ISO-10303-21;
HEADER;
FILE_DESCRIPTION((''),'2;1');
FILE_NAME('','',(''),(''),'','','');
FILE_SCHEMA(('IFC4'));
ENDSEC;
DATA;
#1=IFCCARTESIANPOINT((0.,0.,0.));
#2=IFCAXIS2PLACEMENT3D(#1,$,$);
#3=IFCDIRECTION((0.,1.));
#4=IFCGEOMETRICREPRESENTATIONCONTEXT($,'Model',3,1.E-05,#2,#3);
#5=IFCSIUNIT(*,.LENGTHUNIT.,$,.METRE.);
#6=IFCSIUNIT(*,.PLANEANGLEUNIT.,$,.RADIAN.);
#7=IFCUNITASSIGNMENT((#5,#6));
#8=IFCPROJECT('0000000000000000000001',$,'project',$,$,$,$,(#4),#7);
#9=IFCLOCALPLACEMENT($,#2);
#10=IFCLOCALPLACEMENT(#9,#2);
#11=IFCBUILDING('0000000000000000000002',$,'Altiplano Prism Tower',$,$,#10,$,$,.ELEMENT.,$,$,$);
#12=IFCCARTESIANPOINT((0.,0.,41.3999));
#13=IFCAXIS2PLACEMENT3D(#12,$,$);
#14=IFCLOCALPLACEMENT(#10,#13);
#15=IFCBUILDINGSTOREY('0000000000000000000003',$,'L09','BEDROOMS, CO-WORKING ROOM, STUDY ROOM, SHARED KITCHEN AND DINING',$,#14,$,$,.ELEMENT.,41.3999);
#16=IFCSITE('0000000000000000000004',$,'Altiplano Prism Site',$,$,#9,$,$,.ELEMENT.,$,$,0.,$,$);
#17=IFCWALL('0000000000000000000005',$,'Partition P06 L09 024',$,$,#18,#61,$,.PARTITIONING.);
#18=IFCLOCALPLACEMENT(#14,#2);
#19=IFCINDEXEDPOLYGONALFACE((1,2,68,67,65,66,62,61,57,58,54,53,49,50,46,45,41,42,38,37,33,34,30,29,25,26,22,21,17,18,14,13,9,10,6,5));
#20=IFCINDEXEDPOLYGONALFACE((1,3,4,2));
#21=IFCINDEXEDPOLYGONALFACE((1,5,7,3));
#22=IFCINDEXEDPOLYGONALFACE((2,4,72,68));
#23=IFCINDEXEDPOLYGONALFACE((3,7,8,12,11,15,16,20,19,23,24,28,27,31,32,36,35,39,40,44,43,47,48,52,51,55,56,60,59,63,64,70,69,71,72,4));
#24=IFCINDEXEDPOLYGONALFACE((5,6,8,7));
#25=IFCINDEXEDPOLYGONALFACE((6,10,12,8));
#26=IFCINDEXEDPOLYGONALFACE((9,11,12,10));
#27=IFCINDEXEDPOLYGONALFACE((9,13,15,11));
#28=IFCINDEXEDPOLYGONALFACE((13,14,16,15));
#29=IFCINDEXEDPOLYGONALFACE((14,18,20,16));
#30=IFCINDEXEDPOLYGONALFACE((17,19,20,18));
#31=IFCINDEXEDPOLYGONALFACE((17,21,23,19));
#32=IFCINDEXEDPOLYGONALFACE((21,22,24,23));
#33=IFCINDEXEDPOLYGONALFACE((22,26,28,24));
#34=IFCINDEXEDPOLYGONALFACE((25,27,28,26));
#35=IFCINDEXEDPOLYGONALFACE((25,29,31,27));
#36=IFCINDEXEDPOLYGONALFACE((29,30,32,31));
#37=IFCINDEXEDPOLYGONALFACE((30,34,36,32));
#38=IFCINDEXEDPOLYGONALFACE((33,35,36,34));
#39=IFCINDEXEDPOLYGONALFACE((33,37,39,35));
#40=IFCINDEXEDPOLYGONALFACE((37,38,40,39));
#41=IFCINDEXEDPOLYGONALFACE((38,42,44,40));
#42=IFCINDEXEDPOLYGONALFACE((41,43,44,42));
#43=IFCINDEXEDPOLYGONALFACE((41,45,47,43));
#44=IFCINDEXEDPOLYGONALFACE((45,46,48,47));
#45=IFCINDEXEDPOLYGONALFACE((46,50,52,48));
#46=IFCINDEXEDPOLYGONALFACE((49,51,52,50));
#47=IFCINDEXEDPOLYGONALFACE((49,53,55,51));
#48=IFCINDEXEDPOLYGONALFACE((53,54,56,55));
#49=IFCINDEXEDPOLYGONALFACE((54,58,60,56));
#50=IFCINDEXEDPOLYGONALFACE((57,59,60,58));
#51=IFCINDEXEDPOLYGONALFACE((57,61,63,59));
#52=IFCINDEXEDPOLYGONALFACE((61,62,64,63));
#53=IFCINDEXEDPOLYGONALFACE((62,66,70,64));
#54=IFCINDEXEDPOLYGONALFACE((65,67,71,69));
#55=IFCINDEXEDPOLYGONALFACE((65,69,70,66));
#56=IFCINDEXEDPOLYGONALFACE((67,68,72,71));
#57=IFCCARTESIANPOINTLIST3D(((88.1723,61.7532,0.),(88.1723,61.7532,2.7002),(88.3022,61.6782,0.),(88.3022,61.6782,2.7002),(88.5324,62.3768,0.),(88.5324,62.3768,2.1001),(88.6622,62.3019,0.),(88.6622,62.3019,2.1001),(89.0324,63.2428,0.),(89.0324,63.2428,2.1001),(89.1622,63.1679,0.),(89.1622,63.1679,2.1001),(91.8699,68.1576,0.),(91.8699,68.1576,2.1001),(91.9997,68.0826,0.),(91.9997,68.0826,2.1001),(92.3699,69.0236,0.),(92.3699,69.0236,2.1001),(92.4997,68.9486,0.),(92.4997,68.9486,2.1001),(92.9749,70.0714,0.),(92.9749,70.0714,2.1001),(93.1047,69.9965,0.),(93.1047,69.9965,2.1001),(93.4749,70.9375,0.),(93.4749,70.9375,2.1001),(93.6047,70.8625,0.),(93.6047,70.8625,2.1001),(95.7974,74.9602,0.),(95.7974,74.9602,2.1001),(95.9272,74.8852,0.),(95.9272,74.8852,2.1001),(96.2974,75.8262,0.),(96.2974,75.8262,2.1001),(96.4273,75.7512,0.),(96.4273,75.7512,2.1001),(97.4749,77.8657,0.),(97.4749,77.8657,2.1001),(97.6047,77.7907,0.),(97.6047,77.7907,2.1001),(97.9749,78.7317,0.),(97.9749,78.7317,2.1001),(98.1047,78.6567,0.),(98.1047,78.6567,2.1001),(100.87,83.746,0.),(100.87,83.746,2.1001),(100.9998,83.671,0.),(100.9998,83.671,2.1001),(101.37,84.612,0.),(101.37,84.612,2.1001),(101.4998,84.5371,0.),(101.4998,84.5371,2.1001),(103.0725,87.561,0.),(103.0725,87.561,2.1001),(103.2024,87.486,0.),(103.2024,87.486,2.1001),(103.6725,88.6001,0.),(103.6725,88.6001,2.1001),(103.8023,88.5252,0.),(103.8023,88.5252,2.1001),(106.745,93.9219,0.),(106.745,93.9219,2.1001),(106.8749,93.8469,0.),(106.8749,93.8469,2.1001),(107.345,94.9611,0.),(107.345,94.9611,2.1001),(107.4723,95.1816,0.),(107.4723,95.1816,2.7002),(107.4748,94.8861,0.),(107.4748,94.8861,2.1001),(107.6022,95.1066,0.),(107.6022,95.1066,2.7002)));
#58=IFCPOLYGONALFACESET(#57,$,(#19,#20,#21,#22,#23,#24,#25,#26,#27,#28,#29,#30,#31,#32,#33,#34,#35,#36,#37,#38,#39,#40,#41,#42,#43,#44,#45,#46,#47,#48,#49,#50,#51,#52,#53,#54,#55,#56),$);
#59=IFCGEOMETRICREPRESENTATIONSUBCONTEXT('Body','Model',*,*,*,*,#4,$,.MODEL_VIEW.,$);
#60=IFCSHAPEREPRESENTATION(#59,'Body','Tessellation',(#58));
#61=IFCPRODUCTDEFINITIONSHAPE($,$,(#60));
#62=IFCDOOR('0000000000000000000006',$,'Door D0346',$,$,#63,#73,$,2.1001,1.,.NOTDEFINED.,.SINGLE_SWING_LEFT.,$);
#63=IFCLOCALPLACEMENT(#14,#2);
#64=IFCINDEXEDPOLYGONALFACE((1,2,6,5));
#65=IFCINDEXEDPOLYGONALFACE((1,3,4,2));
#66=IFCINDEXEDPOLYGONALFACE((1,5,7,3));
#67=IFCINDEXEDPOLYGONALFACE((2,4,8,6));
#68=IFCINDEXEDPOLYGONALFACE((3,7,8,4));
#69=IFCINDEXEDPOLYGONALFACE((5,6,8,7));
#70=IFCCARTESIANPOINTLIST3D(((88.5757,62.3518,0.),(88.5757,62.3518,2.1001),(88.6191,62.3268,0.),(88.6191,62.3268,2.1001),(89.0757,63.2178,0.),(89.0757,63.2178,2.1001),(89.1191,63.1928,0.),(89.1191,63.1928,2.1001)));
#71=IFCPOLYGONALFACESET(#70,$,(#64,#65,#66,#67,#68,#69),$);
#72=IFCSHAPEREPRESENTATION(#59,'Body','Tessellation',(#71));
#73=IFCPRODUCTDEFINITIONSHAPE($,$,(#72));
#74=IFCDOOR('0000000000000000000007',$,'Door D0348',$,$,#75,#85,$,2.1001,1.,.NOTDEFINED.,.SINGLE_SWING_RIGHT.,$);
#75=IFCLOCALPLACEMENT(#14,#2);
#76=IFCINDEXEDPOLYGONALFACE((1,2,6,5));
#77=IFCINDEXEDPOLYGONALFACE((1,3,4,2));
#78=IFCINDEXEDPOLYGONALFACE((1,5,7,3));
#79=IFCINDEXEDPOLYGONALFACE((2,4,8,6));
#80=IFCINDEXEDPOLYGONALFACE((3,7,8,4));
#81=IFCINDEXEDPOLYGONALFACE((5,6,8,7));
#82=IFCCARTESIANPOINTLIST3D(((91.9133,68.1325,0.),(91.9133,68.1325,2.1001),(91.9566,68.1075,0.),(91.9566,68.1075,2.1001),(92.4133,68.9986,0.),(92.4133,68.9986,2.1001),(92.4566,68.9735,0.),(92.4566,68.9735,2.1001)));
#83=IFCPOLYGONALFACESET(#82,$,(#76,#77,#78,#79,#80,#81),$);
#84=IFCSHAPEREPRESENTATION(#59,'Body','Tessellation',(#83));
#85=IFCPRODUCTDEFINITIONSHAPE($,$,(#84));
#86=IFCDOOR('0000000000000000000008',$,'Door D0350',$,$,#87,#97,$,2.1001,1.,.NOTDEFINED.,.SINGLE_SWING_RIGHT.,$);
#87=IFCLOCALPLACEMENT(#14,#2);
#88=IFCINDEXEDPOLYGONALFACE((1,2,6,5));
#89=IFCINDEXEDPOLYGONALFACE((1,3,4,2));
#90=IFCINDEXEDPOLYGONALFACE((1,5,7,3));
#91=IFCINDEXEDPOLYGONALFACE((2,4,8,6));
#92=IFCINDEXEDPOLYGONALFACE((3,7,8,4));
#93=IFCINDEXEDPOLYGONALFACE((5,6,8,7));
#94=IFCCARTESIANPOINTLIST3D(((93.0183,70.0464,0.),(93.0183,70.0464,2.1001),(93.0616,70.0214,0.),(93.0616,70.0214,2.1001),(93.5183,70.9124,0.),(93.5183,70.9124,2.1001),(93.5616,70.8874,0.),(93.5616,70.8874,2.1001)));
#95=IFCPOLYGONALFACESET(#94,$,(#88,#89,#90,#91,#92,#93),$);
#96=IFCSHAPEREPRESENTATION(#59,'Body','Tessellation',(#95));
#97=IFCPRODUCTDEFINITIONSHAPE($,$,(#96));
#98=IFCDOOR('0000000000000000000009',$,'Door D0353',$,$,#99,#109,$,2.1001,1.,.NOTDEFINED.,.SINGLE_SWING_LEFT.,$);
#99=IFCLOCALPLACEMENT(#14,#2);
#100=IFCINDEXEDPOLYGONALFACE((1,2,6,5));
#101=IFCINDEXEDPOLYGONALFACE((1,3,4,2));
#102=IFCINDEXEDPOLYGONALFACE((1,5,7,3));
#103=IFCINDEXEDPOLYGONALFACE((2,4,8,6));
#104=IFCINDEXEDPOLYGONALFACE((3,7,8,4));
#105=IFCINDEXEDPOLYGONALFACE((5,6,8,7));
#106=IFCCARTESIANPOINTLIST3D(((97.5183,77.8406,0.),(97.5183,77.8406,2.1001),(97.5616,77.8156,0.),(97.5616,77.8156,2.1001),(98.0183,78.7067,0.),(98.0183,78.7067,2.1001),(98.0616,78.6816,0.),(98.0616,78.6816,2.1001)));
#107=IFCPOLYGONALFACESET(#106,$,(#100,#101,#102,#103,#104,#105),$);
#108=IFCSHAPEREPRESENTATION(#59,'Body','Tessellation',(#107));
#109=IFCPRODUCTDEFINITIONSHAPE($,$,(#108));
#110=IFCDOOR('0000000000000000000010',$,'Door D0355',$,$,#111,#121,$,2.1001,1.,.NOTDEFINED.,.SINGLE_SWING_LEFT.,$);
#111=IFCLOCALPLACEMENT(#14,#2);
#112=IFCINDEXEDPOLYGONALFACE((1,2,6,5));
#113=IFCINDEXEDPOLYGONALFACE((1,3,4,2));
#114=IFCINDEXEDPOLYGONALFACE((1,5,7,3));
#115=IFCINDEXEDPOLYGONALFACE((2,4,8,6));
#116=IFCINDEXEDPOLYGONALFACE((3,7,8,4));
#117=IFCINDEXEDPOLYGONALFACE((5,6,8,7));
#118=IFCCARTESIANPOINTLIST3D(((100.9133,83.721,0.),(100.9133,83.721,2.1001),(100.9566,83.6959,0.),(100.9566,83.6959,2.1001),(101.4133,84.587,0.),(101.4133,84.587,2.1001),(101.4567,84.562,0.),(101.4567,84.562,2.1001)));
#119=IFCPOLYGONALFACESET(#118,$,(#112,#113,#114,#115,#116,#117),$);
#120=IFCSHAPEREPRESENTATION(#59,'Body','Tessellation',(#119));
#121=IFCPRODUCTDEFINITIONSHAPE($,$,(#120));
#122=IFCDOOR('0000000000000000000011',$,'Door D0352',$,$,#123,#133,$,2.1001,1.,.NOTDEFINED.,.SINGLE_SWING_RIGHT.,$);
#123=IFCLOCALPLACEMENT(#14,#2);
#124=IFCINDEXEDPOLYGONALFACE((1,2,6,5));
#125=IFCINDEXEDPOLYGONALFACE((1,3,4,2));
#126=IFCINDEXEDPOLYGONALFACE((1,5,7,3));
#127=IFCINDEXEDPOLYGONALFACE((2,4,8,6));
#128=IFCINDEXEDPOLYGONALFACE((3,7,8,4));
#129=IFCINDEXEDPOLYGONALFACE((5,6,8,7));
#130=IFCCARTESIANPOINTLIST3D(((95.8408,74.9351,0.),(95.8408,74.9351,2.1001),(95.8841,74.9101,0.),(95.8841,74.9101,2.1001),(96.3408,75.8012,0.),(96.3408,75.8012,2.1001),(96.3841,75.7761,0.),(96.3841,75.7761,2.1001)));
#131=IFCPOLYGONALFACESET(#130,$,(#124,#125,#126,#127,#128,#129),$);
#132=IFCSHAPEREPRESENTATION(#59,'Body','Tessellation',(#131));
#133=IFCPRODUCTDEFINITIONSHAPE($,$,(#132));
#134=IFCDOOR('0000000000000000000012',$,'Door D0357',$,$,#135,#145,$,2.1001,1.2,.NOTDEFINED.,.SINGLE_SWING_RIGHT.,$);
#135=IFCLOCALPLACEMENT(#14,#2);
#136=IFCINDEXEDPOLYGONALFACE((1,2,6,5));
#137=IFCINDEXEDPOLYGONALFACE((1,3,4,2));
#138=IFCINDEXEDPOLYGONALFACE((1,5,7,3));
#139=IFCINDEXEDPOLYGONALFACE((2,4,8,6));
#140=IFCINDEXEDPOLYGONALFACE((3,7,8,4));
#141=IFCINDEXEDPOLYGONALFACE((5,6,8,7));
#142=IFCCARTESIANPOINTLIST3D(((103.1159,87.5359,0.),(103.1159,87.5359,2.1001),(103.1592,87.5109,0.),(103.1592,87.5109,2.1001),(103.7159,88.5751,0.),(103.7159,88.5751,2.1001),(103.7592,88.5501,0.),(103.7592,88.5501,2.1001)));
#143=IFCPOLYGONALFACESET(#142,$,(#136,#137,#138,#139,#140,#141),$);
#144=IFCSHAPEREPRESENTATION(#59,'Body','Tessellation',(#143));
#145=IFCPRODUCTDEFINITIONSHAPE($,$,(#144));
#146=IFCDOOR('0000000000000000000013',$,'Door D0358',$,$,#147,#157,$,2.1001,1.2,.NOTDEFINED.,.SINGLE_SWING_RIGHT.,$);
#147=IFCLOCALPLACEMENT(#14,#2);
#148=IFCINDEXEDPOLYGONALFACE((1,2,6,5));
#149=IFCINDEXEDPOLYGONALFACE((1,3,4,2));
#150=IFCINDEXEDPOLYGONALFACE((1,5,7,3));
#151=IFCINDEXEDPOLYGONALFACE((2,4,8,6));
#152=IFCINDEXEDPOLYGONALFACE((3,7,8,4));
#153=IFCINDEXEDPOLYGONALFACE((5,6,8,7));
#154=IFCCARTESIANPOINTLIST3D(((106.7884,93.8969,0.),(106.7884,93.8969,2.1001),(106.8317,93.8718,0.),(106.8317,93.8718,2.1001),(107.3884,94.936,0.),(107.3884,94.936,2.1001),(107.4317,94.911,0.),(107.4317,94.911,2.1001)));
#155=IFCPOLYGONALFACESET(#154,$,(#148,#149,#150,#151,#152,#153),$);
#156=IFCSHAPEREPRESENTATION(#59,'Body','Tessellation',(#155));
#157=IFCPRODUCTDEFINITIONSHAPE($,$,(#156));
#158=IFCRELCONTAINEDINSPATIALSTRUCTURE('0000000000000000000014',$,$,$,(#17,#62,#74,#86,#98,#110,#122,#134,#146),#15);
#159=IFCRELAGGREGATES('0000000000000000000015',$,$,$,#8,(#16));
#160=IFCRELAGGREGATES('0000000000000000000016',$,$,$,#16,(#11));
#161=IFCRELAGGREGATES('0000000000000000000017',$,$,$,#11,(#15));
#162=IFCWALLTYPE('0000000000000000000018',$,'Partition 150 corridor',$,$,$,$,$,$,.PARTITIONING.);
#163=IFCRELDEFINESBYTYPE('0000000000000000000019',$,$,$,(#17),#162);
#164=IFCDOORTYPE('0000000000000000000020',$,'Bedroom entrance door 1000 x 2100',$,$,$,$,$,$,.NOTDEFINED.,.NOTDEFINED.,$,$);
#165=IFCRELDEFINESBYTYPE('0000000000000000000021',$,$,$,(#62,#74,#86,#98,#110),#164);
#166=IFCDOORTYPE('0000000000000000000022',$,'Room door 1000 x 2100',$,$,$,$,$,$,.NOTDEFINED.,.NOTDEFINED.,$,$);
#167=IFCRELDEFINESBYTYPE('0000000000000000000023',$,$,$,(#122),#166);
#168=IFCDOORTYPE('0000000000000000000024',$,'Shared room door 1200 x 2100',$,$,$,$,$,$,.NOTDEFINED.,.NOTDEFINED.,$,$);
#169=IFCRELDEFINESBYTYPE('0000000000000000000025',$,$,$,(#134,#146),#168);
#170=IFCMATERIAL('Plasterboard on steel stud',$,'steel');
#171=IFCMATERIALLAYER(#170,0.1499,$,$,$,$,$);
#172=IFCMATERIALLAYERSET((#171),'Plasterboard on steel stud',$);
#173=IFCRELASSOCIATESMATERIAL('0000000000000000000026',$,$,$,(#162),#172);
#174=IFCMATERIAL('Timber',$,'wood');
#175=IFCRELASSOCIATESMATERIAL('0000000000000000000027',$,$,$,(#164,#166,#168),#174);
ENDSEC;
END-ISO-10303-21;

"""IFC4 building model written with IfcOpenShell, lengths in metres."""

from ifc_helpers import new_model, si_unit, direction, frame, frame_2d, origin, place, context, subcontext, project, spatial, rectangle, extrude, material, layer, layer_set, type_object, element, fill, save


model = new_model("IFC4")

# Units and contexts
model_context = context("Model", 3, precision=1e-05, world=origin(), true_north=direction((0.0, 1.0)))
body_context = subcontext(model_context, "Body", "Model", "MODEL_VIEW")
ifc_project = project(units=[si_unit("LENGTHUNIT", "METRE"), si_unit("PLANEANGLEUNIT", "RADIAN")], contexts=[model_context])

# Site, building, storey
site_placement = place(None, origin())
site = spatial("IfcSite", under=ifc_project, at=site_placement, Name="Altiplano Prism Site", CompositionType="ELEMENT", RefElevation=0.0)
building_placement = place(site_placement, origin())
building = spatial("IfcBuilding", under=site, at=building_placement, Name="Altiplano Prism Tower", CompositionType="ELEMENT")
storey_placement = place(building_placement, frame((0.0, 0.0, 41.3999)))
storey = spatial("IfcBuildingStorey", under=building, at=storey_placement, Name="L09", Description="BEDROOMS, CO-WORKING ROOM, STUDY ROOM, SHARED KITCHEN AND DINING", CompositionType="ELEMENT", Elevation=41.3999)

# Shared definitions
ifc_material_1 = material(Name="Plasterboard on steel stud", Category="steel")

# Shared definitions
ifc_material_2 = material(Name="Timber", Category="wood")

# Shared definitions
ifc_layer_1 = layer(ifc_material_1, 0.1499)
ifc_layer_set_1 = layer_set([ifc_layer_1], Name="Plasterboard on steel stud")
wall_type_1 = type_object("IfcWallType", Name="Partition 150 corridor", PredefinedType="PARTITIONING", material=ifc_layer_set_1)

# Wall, openings, doors
wall_1_placement = place(storey_placement, frame((88.2373, 61.7158, 0.0), z_axis=(0.0, 0.0, 1.0), x_axis=(0.500002, 0.866024, 0.0)))
wall_1 = element("IfcWall", 1, at=wall_1_placement, inside=storey, type_object=wall_type_1, Name="Partition P06 L09 024", PredefinedType="PARTITIONING", context=body_context, shape_type="SweptSolid", body=[
    extrude(rectangle(XDim=38.5999, YDim=0.1499, at=frame_2d((19.2998, 0.0))), origin(), (0.0, 0.0, 1.0), 2.7002),
])
opening_1_placement = place(wall_1_placement, frame((0.72, 0.0, 0.0)))
opening_1 = element("IfcOpeningElement", 2, at=opening_1_placement, cuts=wall_1, PredefinedType="OPENING", context=body_context, shape_type="SweptSolid", body=[
    extrude(rectangle(XDim=1.0, YDim=2.1001, at=frame_2d((0.5, 1.05))), frame((0.0, 0.0854, 0.0), z_axis=(0.0, -1.0, 0.0), x_axis=(1.0, 0.0, 0.0)), (0.0, 0.0, 1.0), 0.1709),
])
opening_2_placement = place(wall_1_placement, frame((7.395, 0.0, 0.0)))
opening_2 = element("IfcOpeningElement", 3, at=opening_2_placement, cuts=wall_1, PredefinedType="OPENING", context=body_context, shape_type="SweptSolid", body=[
    extrude(rectangle(XDim=1.0, YDim=2.1001, at=frame_2d((0.5, 1.05))), frame((0.0, 0.0854, 0.0), z_axis=(0.0, -1.0, 0.0), x_axis=(1.0, 0.0, 0.0)), (0.0, 0.0, 1.0), 0.1709),
])
opening_3_placement = place(wall_1_placement, frame((9.605, 0.0, 0.0)))
opening_3 = element("IfcOpeningElement", 4, at=opening_3_placement, cuts=wall_1, PredefinedType="OPENING", context=body_context, shape_type="SweptSolid", body=[
    extrude(rectangle(XDim=1.0, YDim=2.1001, at=frame_2d((0.5, 1.05))), frame((0.0, 0.0854, 0.0), z_axis=(0.0, -1.0, 0.0), x_axis=(1.0, 0.0, 0.0)), (0.0, 0.0, 1.0), 0.1709),
])
opening_4_placement = place(wall_1_placement, frame((15.25, 0.0, 0.0)))
opening_4 = element("IfcOpeningElement", 5, at=opening_4_placement, cuts=wall_1, PredefinedType="OPENING", context=body_context, shape_type="SweptSolid", body=[
    extrude(rectangle(XDim=1.0, YDim=2.1001, at=frame_2d((0.5, 1.05))), frame((0.0, 0.0854, 0.0), z_axis=(0.0, -1.0, 0.0), x_axis=(1.0, 0.0, 0.0)), (0.0, 0.0, 1.0), 0.1709),
])
opening_5_placement = place(wall_1_placement, frame((18.605, 0.0, 0.0)))
opening_5 = element("IfcOpeningElement", 6, at=opening_5_placement, cuts=wall_1, PredefinedType="OPENING", context=body_context, shape_type="SweptSolid", body=[
    extrude(rectangle(XDim=1.0, YDim=2.1001, at=frame_2d((0.5, 1.05))), frame((0.0, 0.0854, 0.0), z_axis=(0.0, -1.0, 0.0), x_axis=(1.0, 0.0, 0.0)), (0.0, 0.0, 1.0), 0.1709),
])
opening_6_placement = place(wall_1_placement, frame((25.395, 0.0, 0.0)))
opening_6 = element("IfcOpeningElement", 7, at=opening_6_placement, cuts=wall_1, PredefinedType="OPENING", context=body_context, shape_type="SweptSolid", body=[
    extrude(rectangle(XDim=1.0, YDim=2.1001, at=frame_2d((0.5, 1.05))), frame((0.0, 0.0854, 0.0), z_axis=(0.0, -1.0, 0.0), x_axis=(1.0, 0.0, 0.0)), (0.0, 0.0, 1.0), 0.1709),
])
opening_7_placement = place(wall_1_placement, frame((29.8, 0.0, 0.0)))
opening_7 = element("IfcOpeningElement", 8, at=opening_7_placement, cuts=wall_1, PredefinedType="OPENING", context=body_context, shape_type="SweptSolid", body=[
    extrude(rectangle(XDim=1.2, YDim=2.1001, at=frame_2d((0.6001, 1.05))), frame((0.0, 0.0854, 0.0), z_axis=(0.0, -1.0, 0.0), x_axis=(1.0, 0.0, 0.0)), (0.0, 0.0, 1.0), 0.1709),
])
opening_8_placement = place(wall_1_placement, frame((37.145, 0.0, 0.0)))
opening_8 = element("IfcOpeningElement", 9, at=opening_8_placement, cuts=wall_1, PredefinedType="OPENING", context=body_context, shape_type="SweptSolid", body=[
    extrude(rectangle(XDim=1.2, YDim=2.1001, at=frame_2d((0.6001, 1.05))), frame((0.0, 0.0854, 0.0), z_axis=(0.0, -1.0, 0.0), x_axis=(1.0, 0.0, 0.0)), (0.0, 0.0, 1.0), 0.1709),
])
door_type_1 = type_object("IfcDoorType", Name="Bedroom entrance door 1000 x 2100", OperationType="NOTDEFINED", PredefinedType="NOTDEFINED", material=ifc_material_2)
door_1_placement = place(opening_1_placement, origin())
door_1 = element("IfcDoor", 10, at=door_1_placement, inside=storey, type_object=door_type_1, Name="Door D0346", OperationType="SINGLE_SWING_LEFT", OverallHeight=2.1001, OverallWidth=1.0, PredefinedType="NOTDEFINED", context=body_context, shape_type="SweptSolid", body=[
    extrude(rectangle(XDim=1.0, YDim=2.1001, at=frame_2d((0.5, 1.05))), frame((0.0, 0.0249, 0.0), z_axis=(0.0, -1.0, 0.0), x_axis=(1.0, 0.0, 0.0)), (0.0, 0.0, 1.0), 0.05),
])
fill(opening_1, door_1)
door_2_placement = place(opening_2_placement, origin())
door_2 = element("IfcDoor", 11, at=door_2_placement, inside=storey, type_object=door_type_1, Name="Door D0348", OperationType="SINGLE_SWING_RIGHT", OverallHeight=2.1001, OverallWidth=1.0, PredefinedType="NOTDEFINED", context=body_context, shape_type="SweptSolid", body=[
    extrude(rectangle(XDim=1.0, YDim=2.1001, at=frame_2d((0.5, 1.05))), frame((0.0, 0.0249, 0.0), z_axis=(0.0, -1.0, 0.0), x_axis=(1.0, 0.0, 0.0)), (0.0, 0.0, 1.0), 0.05),
])
fill(opening_2, door_2)
door_3_placement = place(opening_3_placement, origin())
door_3 = element("IfcDoor", 12, at=door_3_placement, inside=storey, type_object=door_type_1, Name="Door D0350", OperationType="SINGLE_SWING_RIGHT", OverallHeight=2.1001, OverallWidth=1.0, PredefinedType="NOTDEFINED", context=body_context, shape_type="SweptSolid", body=[
    extrude(rectangle(XDim=1.0, YDim=2.1001, at=frame_2d((0.5, 1.05))), frame((0.0, 0.0249, 0.0), z_axis=(0.0, -1.0, 0.0), x_axis=(1.0, 0.0, 0.0)), (0.0, 0.0, 1.0), 0.05),
])
fill(opening_3, door_3)
door_4_placement = place(opening_5_placement, origin())
door_4 = element("IfcDoor", 13, at=door_4_placement, inside=storey, type_object=door_type_1, Name="Door D0353", OperationType="SINGLE_SWING_LEFT", OverallHeight=2.1001, OverallWidth=1.0, PredefinedType="NOTDEFINED", context=body_context, shape_type="SweptSolid", body=[
    extrude(rectangle(XDim=1.0, YDim=2.1001, at=frame_2d((0.5, 1.05))), frame((0.0, 0.0249, 0.0), z_axis=(0.0, -1.0, 0.0), x_axis=(1.0, 0.0, 0.0)), (0.0, 0.0, 1.0), 0.05),
])
fill(opening_5, door_4)
door_5_placement = place(opening_6_placement, origin())
door_5 = element("IfcDoor", 14, at=door_5_placement, inside=storey, type_object=door_type_1, Name="Door D0355", OperationType="SINGLE_SWING_LEFT", OverallHeight=2.1001, OverallWidth=1.0, PredefinedType="NOTDEFINED", context=body_context, shape_type="SweptSolid", body=[
    extrude(rectangle(XDim=1.0, YDim=2.1001, at=frame_2d((0.5, 1.05))), frame((0.0, 0.0249, 0.0), z_axis=(0.0, -1.0, 0.0), x_axis=(1.0, 0.0, 0.0)), (0.0, 0.0, 1.0), 0.05),
])
fill(opening_6, door_5)
door_type_2 = type_object("IfcDoorType", Name="Room door 1000 x 2100", OperationType="NOTDEFINED", PredefinedType="NOTDEFINED", material=ifc_material_2)
door_6_placement = place(opening_4_placement, origin())
door_6 = element("IfcDoor", 15, at=door_6_placement, inside=storey, type_object=door_type_2, Name="Door D0352", OperationType="SINGLE_SWING_RIGHT", OverallHeight=2.1001, OverallWidth=1.0, PredefinedType="NOTDEFINED", context=body_context, shape_type="SweptSolid", body=[
    extrude(rectangle(XDim=1.0, YDim=2.1001, at=frame_2d((0.5, 1.05))), frame((0.0, 0.0249, 0.0), z_axis=(0.0, -1.0, 0.0), x_axis=(1.0, 0.0, 0.0)), (0.0, 0.0, 1.0), 0.05),
])
fill(opening_4, door_6)
door_type_3 = type_object("IfcDoorType", Name="Shared room door 1200 x 2100", OperationType="NOTDEFINED", PredefinedType="NOTDEFINED", material=ifc_material_2)
door_7_placement = place(opening_7_placement, origin())
door_7 = element("IfcDoor", 16, at=door_7_placement, inside=storey, type_object=door_type_3, Name="Door D0357", OperationType="SINGLE_SWING_RIGHT", OverallHeight=2.1001, OverallWidth=1.2, PredefinedType="NOTDEFINED", context=body_context, shape_type="SweptSolid", body=[
    extrude(rectangle(XDim=1.2, YDim=2.1001, at=frame_2d((0.6001, 1.05))), frame((0.0, 0.0249, 0.0), z_axis=(0.0, -1.0, 0.0), x_axis=(1.0, 0.0, 0.0)), (0.0, 0.0, 1.0), 0.05),
])
fill(opening_7, door_7)
door_8_placement = place(opening_8_placement, origin())
door_8 = element("IfcDoor", 17, at=door_8_placement, inside=storey, type_object=door_type_3, Name="Door D0358", OperationType="SINGLE_SWING_RIGHT", OverallHeight=2.1001, OverallWidth=1.2, PredefinedType="NOTDEFINED", context=body_context, shape_type="SweptSolid", body=[
    extrude(rectangle(XDim=1.2, YDim=2.1001, at=frame_2d((0.6001, 1.05))), frame((0.0, 0.0249, 0.0), z_axis=(0.0, -1.0, 0.0), x_axis=(1.0, 0.0, 0.0)), (0.0, 0.0, 1.0), 0.05),
])
fill(opening_8, door_8)

save(model, "model.ifc")
